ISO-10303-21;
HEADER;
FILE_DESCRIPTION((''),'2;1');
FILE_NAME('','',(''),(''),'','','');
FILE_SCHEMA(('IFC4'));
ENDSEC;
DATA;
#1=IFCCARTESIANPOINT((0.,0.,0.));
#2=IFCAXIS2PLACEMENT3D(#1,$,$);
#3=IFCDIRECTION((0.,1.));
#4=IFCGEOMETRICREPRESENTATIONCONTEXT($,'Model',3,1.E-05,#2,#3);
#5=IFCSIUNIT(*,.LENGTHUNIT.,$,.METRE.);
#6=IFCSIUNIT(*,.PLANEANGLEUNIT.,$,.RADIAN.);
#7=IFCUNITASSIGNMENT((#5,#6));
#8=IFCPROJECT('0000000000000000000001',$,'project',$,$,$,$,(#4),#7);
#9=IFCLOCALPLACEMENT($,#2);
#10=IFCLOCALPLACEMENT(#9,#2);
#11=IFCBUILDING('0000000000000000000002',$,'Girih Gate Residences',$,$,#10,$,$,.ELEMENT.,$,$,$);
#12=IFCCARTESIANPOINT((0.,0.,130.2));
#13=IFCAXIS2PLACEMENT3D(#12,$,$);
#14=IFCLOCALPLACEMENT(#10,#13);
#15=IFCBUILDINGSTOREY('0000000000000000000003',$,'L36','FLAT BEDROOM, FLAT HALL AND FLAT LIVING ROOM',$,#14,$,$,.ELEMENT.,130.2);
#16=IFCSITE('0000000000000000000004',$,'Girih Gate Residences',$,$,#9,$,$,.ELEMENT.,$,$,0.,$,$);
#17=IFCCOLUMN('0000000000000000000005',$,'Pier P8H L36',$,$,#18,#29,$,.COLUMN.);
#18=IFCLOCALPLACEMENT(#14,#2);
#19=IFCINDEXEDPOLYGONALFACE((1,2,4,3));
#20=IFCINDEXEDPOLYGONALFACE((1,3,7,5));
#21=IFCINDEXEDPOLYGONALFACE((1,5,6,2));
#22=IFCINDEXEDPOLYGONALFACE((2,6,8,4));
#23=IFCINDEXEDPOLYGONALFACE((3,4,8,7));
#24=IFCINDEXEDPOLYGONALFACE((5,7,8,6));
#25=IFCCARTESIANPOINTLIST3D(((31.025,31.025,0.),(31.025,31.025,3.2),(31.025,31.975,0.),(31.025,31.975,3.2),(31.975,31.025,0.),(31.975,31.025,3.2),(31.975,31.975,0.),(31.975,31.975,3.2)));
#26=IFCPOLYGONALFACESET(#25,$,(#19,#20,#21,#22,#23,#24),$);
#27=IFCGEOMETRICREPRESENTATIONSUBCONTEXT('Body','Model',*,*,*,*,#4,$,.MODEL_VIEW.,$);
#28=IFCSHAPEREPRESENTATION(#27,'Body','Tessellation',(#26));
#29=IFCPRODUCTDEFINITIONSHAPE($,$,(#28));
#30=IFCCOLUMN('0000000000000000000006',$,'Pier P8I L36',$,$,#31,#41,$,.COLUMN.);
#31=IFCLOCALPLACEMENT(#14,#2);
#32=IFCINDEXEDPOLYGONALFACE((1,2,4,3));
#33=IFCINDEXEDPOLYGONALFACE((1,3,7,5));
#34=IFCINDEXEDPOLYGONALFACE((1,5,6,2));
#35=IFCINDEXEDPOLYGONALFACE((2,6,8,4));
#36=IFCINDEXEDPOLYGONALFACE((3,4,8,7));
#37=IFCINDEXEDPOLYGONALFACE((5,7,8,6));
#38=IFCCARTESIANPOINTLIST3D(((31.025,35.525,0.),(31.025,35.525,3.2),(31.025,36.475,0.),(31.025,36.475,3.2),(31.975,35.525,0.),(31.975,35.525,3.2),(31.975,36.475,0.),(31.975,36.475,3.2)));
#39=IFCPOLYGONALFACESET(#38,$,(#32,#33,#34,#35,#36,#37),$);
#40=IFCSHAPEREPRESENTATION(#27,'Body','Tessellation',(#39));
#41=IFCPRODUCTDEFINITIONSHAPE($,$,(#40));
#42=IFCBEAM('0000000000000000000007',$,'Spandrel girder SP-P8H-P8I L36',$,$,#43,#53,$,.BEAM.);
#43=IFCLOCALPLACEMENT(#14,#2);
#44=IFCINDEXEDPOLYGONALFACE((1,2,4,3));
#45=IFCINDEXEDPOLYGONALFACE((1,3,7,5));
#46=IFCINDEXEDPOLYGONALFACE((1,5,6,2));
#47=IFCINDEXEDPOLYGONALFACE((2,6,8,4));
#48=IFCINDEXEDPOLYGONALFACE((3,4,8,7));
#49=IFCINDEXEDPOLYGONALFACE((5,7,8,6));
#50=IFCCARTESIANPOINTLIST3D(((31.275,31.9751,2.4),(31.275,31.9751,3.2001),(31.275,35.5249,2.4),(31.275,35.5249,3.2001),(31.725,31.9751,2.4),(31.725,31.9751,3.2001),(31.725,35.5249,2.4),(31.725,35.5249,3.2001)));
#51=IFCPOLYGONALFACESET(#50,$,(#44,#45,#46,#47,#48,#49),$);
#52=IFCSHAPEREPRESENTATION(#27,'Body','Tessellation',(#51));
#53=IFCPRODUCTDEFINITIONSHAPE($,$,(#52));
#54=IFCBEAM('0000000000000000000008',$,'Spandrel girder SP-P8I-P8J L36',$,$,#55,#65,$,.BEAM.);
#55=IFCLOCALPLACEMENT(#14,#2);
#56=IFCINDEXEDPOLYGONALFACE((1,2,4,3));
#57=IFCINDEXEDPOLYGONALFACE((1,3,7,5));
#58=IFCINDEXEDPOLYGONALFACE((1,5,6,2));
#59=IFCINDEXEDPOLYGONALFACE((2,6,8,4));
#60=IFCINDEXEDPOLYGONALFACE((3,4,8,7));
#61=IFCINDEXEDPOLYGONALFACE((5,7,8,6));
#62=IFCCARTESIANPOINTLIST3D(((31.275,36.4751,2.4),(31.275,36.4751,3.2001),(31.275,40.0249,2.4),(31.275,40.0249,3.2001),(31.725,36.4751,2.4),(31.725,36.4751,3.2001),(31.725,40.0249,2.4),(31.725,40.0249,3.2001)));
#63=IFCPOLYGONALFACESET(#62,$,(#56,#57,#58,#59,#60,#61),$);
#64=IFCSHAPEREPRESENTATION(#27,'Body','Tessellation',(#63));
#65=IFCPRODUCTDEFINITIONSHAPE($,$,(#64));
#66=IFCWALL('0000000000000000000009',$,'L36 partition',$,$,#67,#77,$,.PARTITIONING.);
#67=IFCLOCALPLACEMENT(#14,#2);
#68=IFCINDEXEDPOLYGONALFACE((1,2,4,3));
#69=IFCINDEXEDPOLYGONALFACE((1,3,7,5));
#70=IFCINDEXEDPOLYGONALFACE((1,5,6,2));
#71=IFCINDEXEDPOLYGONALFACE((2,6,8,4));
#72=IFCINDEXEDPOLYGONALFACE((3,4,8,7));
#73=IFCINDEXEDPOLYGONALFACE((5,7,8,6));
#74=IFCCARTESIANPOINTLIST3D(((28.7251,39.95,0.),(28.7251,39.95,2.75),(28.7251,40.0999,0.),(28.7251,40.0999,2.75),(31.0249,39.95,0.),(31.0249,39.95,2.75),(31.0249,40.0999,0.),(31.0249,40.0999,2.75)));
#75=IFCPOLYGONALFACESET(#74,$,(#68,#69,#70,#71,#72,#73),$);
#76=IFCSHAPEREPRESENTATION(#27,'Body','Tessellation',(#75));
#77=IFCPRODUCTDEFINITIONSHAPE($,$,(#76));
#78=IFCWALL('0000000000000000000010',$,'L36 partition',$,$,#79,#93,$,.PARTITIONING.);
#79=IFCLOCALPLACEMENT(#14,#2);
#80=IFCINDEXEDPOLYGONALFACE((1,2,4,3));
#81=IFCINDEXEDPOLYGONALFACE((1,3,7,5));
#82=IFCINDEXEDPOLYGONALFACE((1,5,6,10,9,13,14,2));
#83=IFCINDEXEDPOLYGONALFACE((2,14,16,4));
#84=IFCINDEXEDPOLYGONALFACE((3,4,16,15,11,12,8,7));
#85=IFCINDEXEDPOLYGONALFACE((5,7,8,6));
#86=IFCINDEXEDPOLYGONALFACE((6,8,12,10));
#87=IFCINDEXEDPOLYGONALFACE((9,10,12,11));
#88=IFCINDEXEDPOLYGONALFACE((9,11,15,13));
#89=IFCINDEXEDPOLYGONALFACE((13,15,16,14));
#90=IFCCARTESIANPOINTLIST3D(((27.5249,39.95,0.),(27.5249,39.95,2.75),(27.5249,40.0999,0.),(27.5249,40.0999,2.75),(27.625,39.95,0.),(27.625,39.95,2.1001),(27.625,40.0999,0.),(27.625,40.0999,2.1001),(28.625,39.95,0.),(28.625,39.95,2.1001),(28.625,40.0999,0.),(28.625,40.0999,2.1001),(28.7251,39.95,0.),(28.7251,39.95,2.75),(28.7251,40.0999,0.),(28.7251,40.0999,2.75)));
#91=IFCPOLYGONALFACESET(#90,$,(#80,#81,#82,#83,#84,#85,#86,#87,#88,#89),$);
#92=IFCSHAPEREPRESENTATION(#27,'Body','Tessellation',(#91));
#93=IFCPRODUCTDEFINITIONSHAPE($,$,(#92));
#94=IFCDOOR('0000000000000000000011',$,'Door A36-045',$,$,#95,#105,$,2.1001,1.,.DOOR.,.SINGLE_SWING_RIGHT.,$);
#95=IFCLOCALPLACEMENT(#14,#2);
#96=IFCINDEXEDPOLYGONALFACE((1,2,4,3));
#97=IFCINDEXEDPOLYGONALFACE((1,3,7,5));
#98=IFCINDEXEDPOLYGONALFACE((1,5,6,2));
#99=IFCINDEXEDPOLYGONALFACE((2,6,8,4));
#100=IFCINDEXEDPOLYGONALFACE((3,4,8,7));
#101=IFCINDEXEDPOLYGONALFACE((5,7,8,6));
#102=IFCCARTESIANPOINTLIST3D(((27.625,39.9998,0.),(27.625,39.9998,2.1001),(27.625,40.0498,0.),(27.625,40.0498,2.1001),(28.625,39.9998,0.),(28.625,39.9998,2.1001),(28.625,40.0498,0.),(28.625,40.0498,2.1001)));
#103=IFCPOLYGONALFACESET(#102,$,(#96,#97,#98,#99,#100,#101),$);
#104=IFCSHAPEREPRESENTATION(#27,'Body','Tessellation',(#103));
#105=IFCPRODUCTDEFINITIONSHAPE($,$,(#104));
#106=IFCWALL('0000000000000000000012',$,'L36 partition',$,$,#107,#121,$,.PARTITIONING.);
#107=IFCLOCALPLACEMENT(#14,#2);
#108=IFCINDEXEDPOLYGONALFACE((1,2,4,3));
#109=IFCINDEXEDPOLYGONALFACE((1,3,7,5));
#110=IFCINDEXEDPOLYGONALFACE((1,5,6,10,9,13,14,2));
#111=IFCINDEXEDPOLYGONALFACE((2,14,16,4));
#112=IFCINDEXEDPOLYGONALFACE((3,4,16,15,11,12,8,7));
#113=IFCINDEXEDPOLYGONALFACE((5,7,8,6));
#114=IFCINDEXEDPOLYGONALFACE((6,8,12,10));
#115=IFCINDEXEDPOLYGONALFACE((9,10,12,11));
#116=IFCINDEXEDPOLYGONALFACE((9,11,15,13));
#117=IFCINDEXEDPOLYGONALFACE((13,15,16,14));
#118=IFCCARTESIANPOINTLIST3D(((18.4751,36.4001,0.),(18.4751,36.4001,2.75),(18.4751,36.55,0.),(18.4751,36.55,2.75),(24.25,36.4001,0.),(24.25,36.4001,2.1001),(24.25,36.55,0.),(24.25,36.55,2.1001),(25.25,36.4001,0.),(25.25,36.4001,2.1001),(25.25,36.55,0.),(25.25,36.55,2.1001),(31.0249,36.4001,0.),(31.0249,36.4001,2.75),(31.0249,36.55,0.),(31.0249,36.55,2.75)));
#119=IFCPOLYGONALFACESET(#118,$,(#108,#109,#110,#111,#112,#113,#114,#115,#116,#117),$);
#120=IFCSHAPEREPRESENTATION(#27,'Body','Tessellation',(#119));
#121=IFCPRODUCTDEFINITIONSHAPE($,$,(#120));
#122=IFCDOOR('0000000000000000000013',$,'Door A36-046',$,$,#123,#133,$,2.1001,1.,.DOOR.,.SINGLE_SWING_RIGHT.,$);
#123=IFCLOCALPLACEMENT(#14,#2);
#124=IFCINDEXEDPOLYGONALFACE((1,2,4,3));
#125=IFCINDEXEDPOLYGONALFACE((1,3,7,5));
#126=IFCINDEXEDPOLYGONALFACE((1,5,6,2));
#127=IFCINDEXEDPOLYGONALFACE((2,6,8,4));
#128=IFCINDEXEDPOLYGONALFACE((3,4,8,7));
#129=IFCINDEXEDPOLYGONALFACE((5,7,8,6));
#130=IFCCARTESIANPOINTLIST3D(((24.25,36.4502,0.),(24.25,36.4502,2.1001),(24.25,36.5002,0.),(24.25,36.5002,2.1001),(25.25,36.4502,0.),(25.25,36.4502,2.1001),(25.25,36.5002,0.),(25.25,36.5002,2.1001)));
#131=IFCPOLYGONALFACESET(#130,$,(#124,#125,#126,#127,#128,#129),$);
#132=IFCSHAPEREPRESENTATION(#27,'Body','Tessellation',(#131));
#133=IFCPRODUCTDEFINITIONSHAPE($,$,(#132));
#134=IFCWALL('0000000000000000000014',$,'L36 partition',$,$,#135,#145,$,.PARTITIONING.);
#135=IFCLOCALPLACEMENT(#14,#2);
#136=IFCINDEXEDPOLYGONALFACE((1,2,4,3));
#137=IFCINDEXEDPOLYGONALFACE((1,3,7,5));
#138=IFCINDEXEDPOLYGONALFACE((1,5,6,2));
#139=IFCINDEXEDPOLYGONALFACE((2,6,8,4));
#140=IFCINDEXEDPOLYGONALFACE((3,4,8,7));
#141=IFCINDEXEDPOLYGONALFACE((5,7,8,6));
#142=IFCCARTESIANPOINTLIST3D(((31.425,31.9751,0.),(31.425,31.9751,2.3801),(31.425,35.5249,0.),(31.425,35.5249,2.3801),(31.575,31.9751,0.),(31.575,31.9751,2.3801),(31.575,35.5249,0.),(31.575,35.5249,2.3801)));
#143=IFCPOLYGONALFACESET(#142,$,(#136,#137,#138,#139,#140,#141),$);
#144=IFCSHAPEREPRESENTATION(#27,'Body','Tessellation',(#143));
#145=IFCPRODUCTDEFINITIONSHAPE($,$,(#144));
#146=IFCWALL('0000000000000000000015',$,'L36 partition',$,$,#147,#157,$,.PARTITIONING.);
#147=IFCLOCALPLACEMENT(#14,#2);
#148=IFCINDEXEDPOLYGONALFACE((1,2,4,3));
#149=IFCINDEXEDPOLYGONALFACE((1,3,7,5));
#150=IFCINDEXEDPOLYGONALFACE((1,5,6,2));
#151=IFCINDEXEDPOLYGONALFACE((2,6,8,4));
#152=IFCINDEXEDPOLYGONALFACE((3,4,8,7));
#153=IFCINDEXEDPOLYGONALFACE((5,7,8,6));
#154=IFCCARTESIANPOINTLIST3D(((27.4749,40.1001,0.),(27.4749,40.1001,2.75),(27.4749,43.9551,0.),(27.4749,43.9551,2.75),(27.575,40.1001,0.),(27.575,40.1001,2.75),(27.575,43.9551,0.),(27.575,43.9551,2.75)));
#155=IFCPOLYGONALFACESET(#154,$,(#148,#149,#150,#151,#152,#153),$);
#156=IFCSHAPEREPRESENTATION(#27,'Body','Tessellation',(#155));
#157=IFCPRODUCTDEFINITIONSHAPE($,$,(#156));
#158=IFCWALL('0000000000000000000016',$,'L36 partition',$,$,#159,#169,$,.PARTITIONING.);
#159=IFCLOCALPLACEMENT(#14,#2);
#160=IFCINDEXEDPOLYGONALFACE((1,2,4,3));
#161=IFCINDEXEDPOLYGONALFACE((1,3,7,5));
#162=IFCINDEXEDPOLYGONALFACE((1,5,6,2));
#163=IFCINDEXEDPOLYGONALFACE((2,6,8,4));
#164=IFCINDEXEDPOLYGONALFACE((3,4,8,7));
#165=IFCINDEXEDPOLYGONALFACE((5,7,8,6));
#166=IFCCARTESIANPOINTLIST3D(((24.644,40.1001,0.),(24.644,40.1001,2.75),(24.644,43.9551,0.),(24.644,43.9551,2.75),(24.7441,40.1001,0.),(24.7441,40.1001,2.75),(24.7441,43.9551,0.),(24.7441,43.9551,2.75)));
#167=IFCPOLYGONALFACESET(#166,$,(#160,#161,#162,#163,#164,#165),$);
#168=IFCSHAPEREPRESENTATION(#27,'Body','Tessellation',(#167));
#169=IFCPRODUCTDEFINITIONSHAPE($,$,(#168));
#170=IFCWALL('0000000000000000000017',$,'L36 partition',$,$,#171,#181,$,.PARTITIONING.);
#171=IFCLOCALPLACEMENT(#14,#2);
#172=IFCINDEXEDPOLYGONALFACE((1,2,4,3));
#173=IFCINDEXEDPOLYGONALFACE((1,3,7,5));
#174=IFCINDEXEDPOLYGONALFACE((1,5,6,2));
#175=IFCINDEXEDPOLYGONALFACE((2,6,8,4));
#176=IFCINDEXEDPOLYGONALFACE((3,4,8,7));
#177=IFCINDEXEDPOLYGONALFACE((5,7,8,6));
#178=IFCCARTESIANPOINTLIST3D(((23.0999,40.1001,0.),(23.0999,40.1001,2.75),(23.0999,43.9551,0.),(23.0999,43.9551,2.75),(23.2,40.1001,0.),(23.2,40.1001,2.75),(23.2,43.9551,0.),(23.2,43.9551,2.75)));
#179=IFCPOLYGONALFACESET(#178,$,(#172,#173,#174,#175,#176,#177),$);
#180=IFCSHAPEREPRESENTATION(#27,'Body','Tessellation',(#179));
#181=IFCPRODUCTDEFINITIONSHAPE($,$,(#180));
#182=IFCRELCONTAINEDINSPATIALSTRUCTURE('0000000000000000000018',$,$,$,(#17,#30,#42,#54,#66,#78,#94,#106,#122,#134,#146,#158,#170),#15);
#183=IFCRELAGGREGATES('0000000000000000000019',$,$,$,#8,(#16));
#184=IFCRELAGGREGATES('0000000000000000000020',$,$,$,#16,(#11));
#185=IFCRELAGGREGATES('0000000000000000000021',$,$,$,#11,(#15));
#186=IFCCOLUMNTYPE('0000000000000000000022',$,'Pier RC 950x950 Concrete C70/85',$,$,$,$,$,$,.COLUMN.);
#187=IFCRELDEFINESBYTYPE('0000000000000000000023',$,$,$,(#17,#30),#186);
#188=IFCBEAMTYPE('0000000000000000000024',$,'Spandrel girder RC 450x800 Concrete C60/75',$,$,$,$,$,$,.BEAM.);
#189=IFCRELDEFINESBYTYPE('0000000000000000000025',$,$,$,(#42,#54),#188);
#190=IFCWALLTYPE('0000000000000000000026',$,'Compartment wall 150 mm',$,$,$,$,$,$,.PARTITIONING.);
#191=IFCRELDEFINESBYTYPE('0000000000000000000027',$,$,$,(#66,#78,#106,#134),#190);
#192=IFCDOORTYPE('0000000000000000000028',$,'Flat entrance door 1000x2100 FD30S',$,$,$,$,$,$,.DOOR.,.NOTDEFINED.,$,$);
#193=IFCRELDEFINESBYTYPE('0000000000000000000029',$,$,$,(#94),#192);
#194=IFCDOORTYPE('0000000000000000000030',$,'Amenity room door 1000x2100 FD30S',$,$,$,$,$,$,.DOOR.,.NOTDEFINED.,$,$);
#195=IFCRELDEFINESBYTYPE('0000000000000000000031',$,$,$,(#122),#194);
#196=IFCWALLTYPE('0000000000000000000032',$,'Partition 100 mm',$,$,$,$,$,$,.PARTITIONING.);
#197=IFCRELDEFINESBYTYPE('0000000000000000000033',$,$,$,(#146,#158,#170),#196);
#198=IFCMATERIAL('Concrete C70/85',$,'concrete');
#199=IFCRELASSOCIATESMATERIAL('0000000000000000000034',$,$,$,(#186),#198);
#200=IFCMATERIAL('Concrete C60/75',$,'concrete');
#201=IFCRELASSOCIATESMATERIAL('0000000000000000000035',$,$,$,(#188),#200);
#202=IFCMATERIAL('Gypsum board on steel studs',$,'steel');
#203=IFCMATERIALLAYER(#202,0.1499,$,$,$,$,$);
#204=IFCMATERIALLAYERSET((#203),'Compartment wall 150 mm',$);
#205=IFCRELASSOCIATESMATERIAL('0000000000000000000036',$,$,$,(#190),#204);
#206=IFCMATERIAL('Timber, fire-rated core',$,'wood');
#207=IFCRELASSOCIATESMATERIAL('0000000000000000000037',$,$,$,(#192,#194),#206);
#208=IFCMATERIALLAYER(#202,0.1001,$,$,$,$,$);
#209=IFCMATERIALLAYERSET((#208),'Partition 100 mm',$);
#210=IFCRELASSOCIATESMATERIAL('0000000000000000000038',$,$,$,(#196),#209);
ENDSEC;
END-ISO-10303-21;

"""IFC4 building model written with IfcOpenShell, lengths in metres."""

from ifc_helpers import new_model, si_unit, direction, frame, frame_2d, origin, origin_2d, place, context, subcontext, project, spatial, rectangle, extrude, material, layer, layer_set, material_profile, profile_set, type_object, element, fill, save


model = new_model("IFC4")

# Units and contexts
model_context = context("Model", 3, precision=1e-05, world=origin(), true_north=direction((0.0, 1.0)))
body_context = subcontext(model_context, "Body", "Model", "MODEL_VIEW")
ifc_project = project(units=[si_unit("LENGTHUNIT", "METRE"), si_unit("PLANEANGLEUNIT", "RADIAN")], contexts=[model_context])

# Site, building, storey
site_placement = place(None, origin())
site = spatial("IfcSite", under=ifc_project, at=site_placement, Name="Girih Gate Residences", CompositionType="ELEMENT", RefElevation=0.0)
building_placement = place(site_placement, origin())
building = spatial("IfcBuilding", under=site, at=building_placement, Name="Girih Gate Residences", CompositionType="ELEMENT")
storey_placement = place(building_placement, frame((0.0, 0.0, 130.2)))
storey = spatial("IfcBuildingStorey", under=building, at=storey_placement, Name="L36", Description="FLAT BEDROOM, FLAT HALL AND FLAT LIVING ROOM", CompositionType="ELEMENT", Elevation=130.2)

# Columns
ifc_material_1 = material(Name="Concrete C70/85", Category="concrete")
ifc_material_profile_1 = material_profile(ifc_material_1, rectangle(XDim=0.95, YDim=0.95, at=origin_2d()))
ifc_profile_set_1 = profile_set([ifc_material_profile_1], Name="Concrete C70/85")
column_type = type_object("IfcColumnType", Name="Pier RC 950x950 Concrete C70/85", PredefinedType="COLUMN", material=ifc_profile_set_1)
for number, where, z_axis, x_axis, name in (
    (1, (31.5, 31.5, 0.0), (0.0, 0.0, 1.0), (1.0, 0.0, 0.0), "Pier P8H L36"),
    (2, (31.5, 36.0, 0.0), (0.0, 0.0, 1.0), (1.0, 0.0, 0.0), "Pier P8I L36"),
):
    element("IfcColumn", number, at=place(storey_placement, frame(where, z_axis=z_axis, x_axis=x_axis)), inside=storey, type_object=column_type, Name=name, PredefinedType="COLUMN", context=body_context, shape_type="SweptSolid", body=[
        extrude(rectangle(XDim=0.95, YDim=0.95, at=origin_2d()), origin(), (0.0, 0.0, 1.0), 3.2),
    ])

# Beams
ifc_material_2 = material(Name="Concrete C60/75", Category="concrete")
ifc_material_profile_2 = material_profile(ifc_material_2, rectangle(XDim=0.45, YDim=0.8, at=origin_2d()))
ifc_profile_set_2 = profile_set([ifc_material_profile_2], Name="Concrete C60/75")
beam_type = type_object("IfcBeamType", Name="Spandrel girder RC 450x800 Concrete C60/75", PredefinedType="BEAM", material=ifc_profile_set_2)
for number, where, z_axis, x_axis, name in (
    (3, (31.5, 31.9751, 2.8), (0.0, 1.0, 0.0), (-1.0, 0.0, 0.0), "Spandrel girder SP-P8H-P8I L36"),
    (4, (31.5, 36.4751, 2.8), (0.0, 1.0, 0.0), (-1.0, 0.0, 0.0), "Spandrel girder SP-P8I-P8J L36"),
):
    element("IfcBeam", number, at=place(storey_placement, frame(where, z_axis=z_axis, x_axis=x_axis)), inside=storey, type_object=beam_type, Name=name, PredefinedType="BEAM", context=body_context, shape_type="SweptSolid", body=[
        extrude(rectangle(XDim=0.45, YDim=0.8, at=origin_2d()), origin(), (0.0, 0.0, 1.0), 3.5498),
    ])

# Wall
ifc_material_3 = material(Name="Gypsum board on steel studs", Category="steel")
ifc_layer_1 = layer(ifc_material_3, 0.1499)
ifc_layer_set_1 = layer_set([ifc_layer_1], Name="Compartment wall 150 mm")
wall_type_1 = type_object("IfcWallType", Name="Compartment wall 150 mm", PredefinedType="PARTITIONING", material=ifc_layer_set_1)
wall_1_placement = place(storey_placement, frame((28.7251, 40.0249, 0.0), z_axis=(0.0, 0.0, 1.0), x_axis=(1.0, 0.0, 0.0)))
element("IfcWall", 5, at=wall_1_placement, inside=storey, type_object=wall_type_1, Name="L36 partition", PredefinedType="PARTITIONING", context=body_context, shape_type="SweptSolid", body=[
    extrude(rectangle(XDim=2.2998, YDim=0.1499, at=frame_2d((1.1499, 0.0))), origin(), (0.0, 0.0, 1.0), 2.75),
])

# Walls, openings, doors
wall_2_placement = place(storey_placement, frame((27.5249, 40.0249, 0.0), z_axis=(0.0, 0.0, 1.0), x_axis=(1.0, 0.0, 0.0)))
wall_2 = element("IfcWall", 6, at=wall_2_placement, inside=storey, type_object=wall_type_1, Name="L36 partition", PredefinedType="PARTITIONING", context=body_context, shape_type="SweptSolid", body=[
    extrude(rectangle(XDim=1.2002, YDim=0.1499, at=frame_2d((0.6001, 0.0))), origin(), (0.0, 0.0, 1.0), 2.75),
])
opening_1_placement = place(wall_2_placement, frame((0.1001, 0.0, 0.0)))
opening_1 = element("IfcOpeningElement", 7, at=opening_1_placement, cuts=wall_2, PredefinedType="OPENING", context=body_context, shape_type="SweptSolid", body=[
    extrude(rectangle(XDim=1.0, YDim=2.1001, at=frame_2d((0.5, 1.05))), frame((0.0, 0.085, 0.0), z_axis=(0.0, -1.0, 0.0), x_axis=(1.0, 0.0, 0.0)), (0.0, 0.0, 1.0), 0.1699),
])
ifc_material_4 = material(Name="Timber, fire-rated core", Category="wood")
door_type_1 = type_object("IfcDoorType", Name="Flat entrance door 1000x2100 FD30S", OperationType="NOTDEFINED", PredefinedType="DOOR", material=ifc_material_4)
door_1_placement = place(opening_1_placement, origin())
door_1 = element("IfcDoor", 8, at=door_1_placement, inside=storey, type_object=door_type_1, Name="Door A36-045", OperationType="SINGLE_SWING_RIGHT", OverallHeight=2.1001, OverallWidth=1.0, PredefinedType="DOOR", context=body_context, shape_type="SweptSolid", body=[
    extrude(rectangle(XDim=1.0, YDim=2.1001, at=frame_2d((0.5, 1.05))), frame((0.0, 0.0249, 0.0), z_axis=(0.0, -1.0, 0.0), x_axis=(1.0, 0.0, 0.0)), (0.0, 0.0, 1.0), 0.05),
])
fill(opening_1, door_1)
wall_3_placement = place(storey_placement, frame((31.0249, 36.4751, 0.0), z_axis=(0.0, 0.0, 1.0), x_axis=(-1.0, 0.0, 0.0)))
wall_3 = element("IfcWall", 9, at=wall_3_placement, inside=storey, type_object=wall_type_1, Name="L36 partition", PredefinedType="PARTITIONING", context=body_context, shape_type="SweptSolid", body=[
    extrude(rectangle(XDim=12.5498, YDim=0.1499, at=frame_2d((6.2749, 0.0))), origin(), (0.0, 0.0, 1.0), 2.75),
])
opening_2_placement = place(wall_3_placement, frame((5.7749, 0.0, 0.0)))
opening_2 = element("IfcOpeningElement", 10, at=opening_2_placement, cuts=wall_3, PredefinedType="OPENING", context=body_context, shape_type="SweptSolid", body=[
    extrude(rectangle(XDim=1.0, YDim=2.1001, at=frame_2d((0.5, 1.05))), frame((0.0, 0.085, 0.0), z_axis=(0.0, -1.0, 0.0), x_axis=(1.0, 0.0, 0.0)), (0.0, 0.0, 1.0), 0.1699),
])
door_type_2 = type_object("IfcDoorType", Name="Amenity room door 1000x2100 FD30S", OperationType="NOTDEFINED", PredefinedType="DOOR", material=ifc_material_4)
door_2_placement = place(opening_2_placement, origin())
door_2 = element("IfcDoor", 11, at=door_2_placement, inside=storey, type_object=door_type_2, Name="Door A36-046", OperationType="SINGLE_SWING_RIGHT", OverallHeight=2.1001, OverallWidth=1.0, PredefinedType="DOOR", context=body_context, shape_type="SweptSolid", body=[
    extrude(rectangle(XDim=1.0, YDim=2.1001, at=frame_2d((0.5, 1.05))), frame((0.0, 0.0249, 0.0), z_axis=(0.0, -1.0, 0.0), x_axis=(1.0, 0.0, 0.0)), (0.0, 0.0, 1.0), 0.05),
])
fill(opening_2, door_2)

# Walls
wall_4_placement = place(storey_placement, frame((31.5, 31.9751, 0.0), z_axis=(0.0, 0.0, 1.0), x_axis=(0.0, 1.0, 0.0)))
element("IfcWall", 12, at=wall_4_placement, inside=storey, type_object=wall_type_1, Name="L36 partition", PredefinedType="PARTITIONING", context=body_context, shape_type="SweptSolid", body=[
    extrude(rectangle(XDim=3.5498, YDim=0.1499, at=frame_2d((1.7749, 0.0))), origin(), (0.0, 0.0, 1.0), 2.3801),
])
ifc_layer_2 = layer(ifc_material_3, 0.1001)
ifc_layer_set_2 = layer_set([ifc_layer_2], Name="Partition 100 mm")
wall_type_2 = type_object("IfcWallType", Name="Partition 100 mm", PredefinedType="PARTITIONING", material=ifc_layer_set_2)
for number, where, z_axis, x_axis, name in (
    (13, (27.5249, 40.1001, 0.0), (0.0, 0.0, 1.0), (0.0, 1.0, 0.0), "L36 partition"),
    (14, (24.6941, 40.1001, 0.0), (0.0, 0.0, 1.0), (0.0, 1.0, 0.0), "L36 partition"),
    (15, (23.1499, 40.1001, 0.0), (0.0, 0.0, 1.0), (0.0, 1.0, 0.0), "L36 partition"),
):
    element("IfcWall", number, at=place(storey_placement, frame(where, z_axis=z_axis, x_axis=x_axis)), inside=storey, type_object=wall_type_2, Name=name, PredefinedType="PARTITIONING", context=body_context, shape_type="SweptSolid", body=[
        extrude(rectangle(XDim=3.855, YDim=0.1001, at=frame_2d((1.9275, 0.0))), origin(), (0.0, 0.0, 1.0), 2.75),
    ])

save(model, "model.ifc")
